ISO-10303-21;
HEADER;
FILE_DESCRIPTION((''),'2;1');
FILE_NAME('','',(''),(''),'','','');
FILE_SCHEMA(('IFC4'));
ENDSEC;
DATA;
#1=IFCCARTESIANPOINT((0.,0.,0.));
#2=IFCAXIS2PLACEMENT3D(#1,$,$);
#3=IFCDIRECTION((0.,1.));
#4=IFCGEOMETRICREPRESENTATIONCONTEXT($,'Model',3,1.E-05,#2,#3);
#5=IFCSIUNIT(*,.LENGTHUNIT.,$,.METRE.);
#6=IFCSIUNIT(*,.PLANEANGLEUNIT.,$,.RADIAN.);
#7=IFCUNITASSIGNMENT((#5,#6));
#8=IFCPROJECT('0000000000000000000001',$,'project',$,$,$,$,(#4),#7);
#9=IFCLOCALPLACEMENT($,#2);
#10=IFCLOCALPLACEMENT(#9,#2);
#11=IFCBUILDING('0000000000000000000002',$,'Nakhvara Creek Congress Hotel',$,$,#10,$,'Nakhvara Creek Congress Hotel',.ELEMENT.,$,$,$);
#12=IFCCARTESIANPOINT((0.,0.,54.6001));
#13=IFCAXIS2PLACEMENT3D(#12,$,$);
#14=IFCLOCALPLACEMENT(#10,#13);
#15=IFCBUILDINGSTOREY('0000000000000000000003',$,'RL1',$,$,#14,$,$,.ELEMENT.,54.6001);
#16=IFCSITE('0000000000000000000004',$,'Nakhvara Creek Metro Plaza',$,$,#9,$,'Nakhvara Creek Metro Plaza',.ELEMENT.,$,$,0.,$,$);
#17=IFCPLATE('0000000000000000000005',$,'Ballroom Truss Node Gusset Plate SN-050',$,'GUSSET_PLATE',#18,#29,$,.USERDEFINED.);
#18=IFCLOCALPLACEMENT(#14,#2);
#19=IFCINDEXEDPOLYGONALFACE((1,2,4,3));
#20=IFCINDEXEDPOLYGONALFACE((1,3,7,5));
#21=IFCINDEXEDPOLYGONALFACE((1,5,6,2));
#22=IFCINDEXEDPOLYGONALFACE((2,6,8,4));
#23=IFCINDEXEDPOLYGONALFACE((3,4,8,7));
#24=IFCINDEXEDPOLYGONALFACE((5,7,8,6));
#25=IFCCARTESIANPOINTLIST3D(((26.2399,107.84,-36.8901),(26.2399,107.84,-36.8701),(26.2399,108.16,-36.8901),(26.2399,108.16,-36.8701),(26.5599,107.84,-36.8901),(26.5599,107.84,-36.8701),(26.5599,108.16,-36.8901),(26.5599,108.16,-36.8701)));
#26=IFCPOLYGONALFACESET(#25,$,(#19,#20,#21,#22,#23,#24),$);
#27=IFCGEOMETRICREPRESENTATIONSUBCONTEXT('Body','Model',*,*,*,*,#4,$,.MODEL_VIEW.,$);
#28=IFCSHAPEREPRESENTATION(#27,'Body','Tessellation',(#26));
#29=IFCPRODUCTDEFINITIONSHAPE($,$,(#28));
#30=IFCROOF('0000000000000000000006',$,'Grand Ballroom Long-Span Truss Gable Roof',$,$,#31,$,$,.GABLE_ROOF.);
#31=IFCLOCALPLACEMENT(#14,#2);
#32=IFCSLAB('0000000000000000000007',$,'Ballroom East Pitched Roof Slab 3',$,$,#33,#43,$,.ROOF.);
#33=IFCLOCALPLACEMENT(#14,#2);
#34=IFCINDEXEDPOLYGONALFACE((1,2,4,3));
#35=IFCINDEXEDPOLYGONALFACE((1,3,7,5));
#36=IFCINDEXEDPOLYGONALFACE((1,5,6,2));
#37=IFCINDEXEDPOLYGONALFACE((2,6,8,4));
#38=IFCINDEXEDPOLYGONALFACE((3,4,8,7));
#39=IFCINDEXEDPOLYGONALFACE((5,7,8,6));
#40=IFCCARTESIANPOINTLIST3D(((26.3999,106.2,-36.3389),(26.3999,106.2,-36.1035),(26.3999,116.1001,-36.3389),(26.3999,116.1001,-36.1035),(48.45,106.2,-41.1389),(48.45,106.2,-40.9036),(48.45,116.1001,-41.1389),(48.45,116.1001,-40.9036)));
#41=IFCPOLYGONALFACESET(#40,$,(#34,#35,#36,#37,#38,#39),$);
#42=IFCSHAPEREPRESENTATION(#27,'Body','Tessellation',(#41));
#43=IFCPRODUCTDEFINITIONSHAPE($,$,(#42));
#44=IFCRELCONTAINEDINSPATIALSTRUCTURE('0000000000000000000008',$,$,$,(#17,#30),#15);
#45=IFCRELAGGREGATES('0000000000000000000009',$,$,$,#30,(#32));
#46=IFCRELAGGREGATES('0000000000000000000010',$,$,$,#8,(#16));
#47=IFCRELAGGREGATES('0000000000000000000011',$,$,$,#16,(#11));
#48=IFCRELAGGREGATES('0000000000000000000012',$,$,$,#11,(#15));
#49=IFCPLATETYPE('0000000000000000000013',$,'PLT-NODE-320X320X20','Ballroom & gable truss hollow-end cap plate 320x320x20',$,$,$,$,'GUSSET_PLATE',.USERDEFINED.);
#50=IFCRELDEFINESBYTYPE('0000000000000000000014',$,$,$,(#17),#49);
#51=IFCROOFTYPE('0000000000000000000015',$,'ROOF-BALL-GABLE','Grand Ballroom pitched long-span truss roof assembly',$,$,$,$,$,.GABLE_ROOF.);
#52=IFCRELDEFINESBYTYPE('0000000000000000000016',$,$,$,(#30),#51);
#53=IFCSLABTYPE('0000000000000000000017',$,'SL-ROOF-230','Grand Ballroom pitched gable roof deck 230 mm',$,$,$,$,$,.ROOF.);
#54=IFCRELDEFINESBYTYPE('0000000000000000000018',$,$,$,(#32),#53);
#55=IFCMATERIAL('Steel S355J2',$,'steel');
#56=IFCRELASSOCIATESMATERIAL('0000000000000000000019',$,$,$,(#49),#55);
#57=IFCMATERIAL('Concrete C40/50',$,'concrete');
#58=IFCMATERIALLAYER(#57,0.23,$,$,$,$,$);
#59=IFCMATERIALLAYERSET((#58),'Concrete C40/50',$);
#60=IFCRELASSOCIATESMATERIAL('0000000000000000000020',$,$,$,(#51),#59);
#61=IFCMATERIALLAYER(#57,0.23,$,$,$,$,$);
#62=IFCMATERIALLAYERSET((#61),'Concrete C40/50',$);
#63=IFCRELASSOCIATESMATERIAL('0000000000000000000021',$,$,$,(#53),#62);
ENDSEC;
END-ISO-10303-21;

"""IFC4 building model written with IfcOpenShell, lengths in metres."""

from ifc_helpers import new_model, si_unit, direction, frame, origin, origin_2d, place, context, subcontext, project, spatial, polyline, rectangle, outline, extrude, material, layer, layer_set, type_object, element, aggregate, save


model = new_model("IFC4")

# Units and contexts
model_context = context("Model", 3, precision=1e-05, world=origin(), true_north=direction((0.0, 1.0)))
body_context = subcontext(model_context, "Body", "Model", "MODEL_VIEW")
ifc_project = project(units=[si_unit("LENGTHUNIT", "METRE"), si_unit("PLANEANGLEUNIT", "RADIAN")], contexts=[model_context])

# Site, building, storey
site_placement = place(None, origin())
site = spatial("IfcSite", under=ifc_project, at=site_placement, Name="Nakhvara Creek Metro Plaza", LongName="Nakhvara Creek Metro Plaza", CompositionType="ELEMENT", RefElevation=0.0)
building_placement = place(site_placement, origin())
building = spatial("IfcBuilding", under=site, at=building_placement, Name="Nakhvara Creek Congress Hotel", LongName="Nakhvara Creek Congress Hotel", CompositionType="ELEMENT")
storey_placement = place(building_placement, frame((0.0, 0.0, 54.6001)))
storey = spatial("IfcBuildingStorey", under=building, at=storey_placement, Name="RL1", CompositionType="ELEMENT", Elevation=54.6001)

# Shared definitions
ifc_material_1 = material(Name="Steel S355J2", Category="steel")

# Plate
plate_type_1 = type_object("IfcPlateType", Name="PLT-NODE-320X320X20", Description="Ballroom & gable truss hollow-end cap plate 320x320x20", ElementType="GUSSET_PLATE", PredefinedType="USERDEFINED", material=ifc_material_1)
for number, where, z_axis, x_axis, name in (
    (1, (26.3999, 108.0, -36.8901), (0.0, 0.0, 1.0), (1.0, 0.0, 0.0), "Ballroom Truss Node Gusset Plate SN-050"),
):
    element("IfcPlate", number, at=place(storey_placement, frame(where, z_axis=z_axis, x_axis=x_axis)), inside=storey, type_object=plate_type_1, Name=name, ObjectType="GUSSET_PLATE", PredefinedType="USERDEFINED", context=body_context, shape_type="SweptSolid", body=[
        extrude(rectangle(XDim=0.3201, YDim=0.3201, at=origin_2d()), origin(), (0.0, 0.0, 1.0), 0.02),
    ])

# Roof, slab
ifc_material_2 = material(Name="Concrete C40/50", Category="concrete")
ifc_layer_1 = layer(ifc_material_2, 0.23)
ifc_layer_set_1 = layer_set([ifc_layer_1], Name="Concrete C40/50")
roof_type = type_object("IfcRoofType", Name="ROOF-BALL-GABLE", Description="Grand Ballroom pitched long-span truss roof assembly", PredefinedType="GABLE_ROOF", material=ifc_layer_set_1)
roof_placement = place(storey_placement, origin())
roof = element("IfcRoof", 2, at=roof_placement, inside=storey, type_object=roof_type, Name="Grand Ballroom Long-Span Truss Gable Roof", PredefinedType="GABLE_ROOF")
ifc_layer_2 = layer(ifc_material_2, 0.23)
ifc_layer_set_2 = layer_set([ifc_layer_2], Name="Concrete C40/50")
slab_type = type_object("IfcSlabType", Name="SL-ROOF-230", Description="Grand Ballroom pitched gable roof deck 230 mm", PredefinedType="ROOF", material=ifc_layer_set_2)
slab_placement = place(storey_placement, frame((26.3999, 106.2, -36.1035), z_axis=(0.0, 0.0, 1.0), x_axis=(1.0, 0.0, 0.0)))
slab = element("IfcSlab", 3, at=slab_placement, type_object=slab_type, Name="Ballroom East Pitched Roof Slab 3", PredefinedType="ROOF", context=body_context, shape_type="SweptSolid", body=[
    extrude(outline(polyline([(0.0, 0.0), (22.05, -4.8), (22.05, -5.0354), (0.0, -0.2354), (0.0, 0.0)])), frame((0.0, 9.9001, 0.0), z_axis=(0.0, -1.0, 0.0), x_axis=(1.0, 0.0, 0.0)), (0.0, 0.0, 1.0), 9.9001),
])
aggregate(roof, [slab])

save(model, "model.ifc")
